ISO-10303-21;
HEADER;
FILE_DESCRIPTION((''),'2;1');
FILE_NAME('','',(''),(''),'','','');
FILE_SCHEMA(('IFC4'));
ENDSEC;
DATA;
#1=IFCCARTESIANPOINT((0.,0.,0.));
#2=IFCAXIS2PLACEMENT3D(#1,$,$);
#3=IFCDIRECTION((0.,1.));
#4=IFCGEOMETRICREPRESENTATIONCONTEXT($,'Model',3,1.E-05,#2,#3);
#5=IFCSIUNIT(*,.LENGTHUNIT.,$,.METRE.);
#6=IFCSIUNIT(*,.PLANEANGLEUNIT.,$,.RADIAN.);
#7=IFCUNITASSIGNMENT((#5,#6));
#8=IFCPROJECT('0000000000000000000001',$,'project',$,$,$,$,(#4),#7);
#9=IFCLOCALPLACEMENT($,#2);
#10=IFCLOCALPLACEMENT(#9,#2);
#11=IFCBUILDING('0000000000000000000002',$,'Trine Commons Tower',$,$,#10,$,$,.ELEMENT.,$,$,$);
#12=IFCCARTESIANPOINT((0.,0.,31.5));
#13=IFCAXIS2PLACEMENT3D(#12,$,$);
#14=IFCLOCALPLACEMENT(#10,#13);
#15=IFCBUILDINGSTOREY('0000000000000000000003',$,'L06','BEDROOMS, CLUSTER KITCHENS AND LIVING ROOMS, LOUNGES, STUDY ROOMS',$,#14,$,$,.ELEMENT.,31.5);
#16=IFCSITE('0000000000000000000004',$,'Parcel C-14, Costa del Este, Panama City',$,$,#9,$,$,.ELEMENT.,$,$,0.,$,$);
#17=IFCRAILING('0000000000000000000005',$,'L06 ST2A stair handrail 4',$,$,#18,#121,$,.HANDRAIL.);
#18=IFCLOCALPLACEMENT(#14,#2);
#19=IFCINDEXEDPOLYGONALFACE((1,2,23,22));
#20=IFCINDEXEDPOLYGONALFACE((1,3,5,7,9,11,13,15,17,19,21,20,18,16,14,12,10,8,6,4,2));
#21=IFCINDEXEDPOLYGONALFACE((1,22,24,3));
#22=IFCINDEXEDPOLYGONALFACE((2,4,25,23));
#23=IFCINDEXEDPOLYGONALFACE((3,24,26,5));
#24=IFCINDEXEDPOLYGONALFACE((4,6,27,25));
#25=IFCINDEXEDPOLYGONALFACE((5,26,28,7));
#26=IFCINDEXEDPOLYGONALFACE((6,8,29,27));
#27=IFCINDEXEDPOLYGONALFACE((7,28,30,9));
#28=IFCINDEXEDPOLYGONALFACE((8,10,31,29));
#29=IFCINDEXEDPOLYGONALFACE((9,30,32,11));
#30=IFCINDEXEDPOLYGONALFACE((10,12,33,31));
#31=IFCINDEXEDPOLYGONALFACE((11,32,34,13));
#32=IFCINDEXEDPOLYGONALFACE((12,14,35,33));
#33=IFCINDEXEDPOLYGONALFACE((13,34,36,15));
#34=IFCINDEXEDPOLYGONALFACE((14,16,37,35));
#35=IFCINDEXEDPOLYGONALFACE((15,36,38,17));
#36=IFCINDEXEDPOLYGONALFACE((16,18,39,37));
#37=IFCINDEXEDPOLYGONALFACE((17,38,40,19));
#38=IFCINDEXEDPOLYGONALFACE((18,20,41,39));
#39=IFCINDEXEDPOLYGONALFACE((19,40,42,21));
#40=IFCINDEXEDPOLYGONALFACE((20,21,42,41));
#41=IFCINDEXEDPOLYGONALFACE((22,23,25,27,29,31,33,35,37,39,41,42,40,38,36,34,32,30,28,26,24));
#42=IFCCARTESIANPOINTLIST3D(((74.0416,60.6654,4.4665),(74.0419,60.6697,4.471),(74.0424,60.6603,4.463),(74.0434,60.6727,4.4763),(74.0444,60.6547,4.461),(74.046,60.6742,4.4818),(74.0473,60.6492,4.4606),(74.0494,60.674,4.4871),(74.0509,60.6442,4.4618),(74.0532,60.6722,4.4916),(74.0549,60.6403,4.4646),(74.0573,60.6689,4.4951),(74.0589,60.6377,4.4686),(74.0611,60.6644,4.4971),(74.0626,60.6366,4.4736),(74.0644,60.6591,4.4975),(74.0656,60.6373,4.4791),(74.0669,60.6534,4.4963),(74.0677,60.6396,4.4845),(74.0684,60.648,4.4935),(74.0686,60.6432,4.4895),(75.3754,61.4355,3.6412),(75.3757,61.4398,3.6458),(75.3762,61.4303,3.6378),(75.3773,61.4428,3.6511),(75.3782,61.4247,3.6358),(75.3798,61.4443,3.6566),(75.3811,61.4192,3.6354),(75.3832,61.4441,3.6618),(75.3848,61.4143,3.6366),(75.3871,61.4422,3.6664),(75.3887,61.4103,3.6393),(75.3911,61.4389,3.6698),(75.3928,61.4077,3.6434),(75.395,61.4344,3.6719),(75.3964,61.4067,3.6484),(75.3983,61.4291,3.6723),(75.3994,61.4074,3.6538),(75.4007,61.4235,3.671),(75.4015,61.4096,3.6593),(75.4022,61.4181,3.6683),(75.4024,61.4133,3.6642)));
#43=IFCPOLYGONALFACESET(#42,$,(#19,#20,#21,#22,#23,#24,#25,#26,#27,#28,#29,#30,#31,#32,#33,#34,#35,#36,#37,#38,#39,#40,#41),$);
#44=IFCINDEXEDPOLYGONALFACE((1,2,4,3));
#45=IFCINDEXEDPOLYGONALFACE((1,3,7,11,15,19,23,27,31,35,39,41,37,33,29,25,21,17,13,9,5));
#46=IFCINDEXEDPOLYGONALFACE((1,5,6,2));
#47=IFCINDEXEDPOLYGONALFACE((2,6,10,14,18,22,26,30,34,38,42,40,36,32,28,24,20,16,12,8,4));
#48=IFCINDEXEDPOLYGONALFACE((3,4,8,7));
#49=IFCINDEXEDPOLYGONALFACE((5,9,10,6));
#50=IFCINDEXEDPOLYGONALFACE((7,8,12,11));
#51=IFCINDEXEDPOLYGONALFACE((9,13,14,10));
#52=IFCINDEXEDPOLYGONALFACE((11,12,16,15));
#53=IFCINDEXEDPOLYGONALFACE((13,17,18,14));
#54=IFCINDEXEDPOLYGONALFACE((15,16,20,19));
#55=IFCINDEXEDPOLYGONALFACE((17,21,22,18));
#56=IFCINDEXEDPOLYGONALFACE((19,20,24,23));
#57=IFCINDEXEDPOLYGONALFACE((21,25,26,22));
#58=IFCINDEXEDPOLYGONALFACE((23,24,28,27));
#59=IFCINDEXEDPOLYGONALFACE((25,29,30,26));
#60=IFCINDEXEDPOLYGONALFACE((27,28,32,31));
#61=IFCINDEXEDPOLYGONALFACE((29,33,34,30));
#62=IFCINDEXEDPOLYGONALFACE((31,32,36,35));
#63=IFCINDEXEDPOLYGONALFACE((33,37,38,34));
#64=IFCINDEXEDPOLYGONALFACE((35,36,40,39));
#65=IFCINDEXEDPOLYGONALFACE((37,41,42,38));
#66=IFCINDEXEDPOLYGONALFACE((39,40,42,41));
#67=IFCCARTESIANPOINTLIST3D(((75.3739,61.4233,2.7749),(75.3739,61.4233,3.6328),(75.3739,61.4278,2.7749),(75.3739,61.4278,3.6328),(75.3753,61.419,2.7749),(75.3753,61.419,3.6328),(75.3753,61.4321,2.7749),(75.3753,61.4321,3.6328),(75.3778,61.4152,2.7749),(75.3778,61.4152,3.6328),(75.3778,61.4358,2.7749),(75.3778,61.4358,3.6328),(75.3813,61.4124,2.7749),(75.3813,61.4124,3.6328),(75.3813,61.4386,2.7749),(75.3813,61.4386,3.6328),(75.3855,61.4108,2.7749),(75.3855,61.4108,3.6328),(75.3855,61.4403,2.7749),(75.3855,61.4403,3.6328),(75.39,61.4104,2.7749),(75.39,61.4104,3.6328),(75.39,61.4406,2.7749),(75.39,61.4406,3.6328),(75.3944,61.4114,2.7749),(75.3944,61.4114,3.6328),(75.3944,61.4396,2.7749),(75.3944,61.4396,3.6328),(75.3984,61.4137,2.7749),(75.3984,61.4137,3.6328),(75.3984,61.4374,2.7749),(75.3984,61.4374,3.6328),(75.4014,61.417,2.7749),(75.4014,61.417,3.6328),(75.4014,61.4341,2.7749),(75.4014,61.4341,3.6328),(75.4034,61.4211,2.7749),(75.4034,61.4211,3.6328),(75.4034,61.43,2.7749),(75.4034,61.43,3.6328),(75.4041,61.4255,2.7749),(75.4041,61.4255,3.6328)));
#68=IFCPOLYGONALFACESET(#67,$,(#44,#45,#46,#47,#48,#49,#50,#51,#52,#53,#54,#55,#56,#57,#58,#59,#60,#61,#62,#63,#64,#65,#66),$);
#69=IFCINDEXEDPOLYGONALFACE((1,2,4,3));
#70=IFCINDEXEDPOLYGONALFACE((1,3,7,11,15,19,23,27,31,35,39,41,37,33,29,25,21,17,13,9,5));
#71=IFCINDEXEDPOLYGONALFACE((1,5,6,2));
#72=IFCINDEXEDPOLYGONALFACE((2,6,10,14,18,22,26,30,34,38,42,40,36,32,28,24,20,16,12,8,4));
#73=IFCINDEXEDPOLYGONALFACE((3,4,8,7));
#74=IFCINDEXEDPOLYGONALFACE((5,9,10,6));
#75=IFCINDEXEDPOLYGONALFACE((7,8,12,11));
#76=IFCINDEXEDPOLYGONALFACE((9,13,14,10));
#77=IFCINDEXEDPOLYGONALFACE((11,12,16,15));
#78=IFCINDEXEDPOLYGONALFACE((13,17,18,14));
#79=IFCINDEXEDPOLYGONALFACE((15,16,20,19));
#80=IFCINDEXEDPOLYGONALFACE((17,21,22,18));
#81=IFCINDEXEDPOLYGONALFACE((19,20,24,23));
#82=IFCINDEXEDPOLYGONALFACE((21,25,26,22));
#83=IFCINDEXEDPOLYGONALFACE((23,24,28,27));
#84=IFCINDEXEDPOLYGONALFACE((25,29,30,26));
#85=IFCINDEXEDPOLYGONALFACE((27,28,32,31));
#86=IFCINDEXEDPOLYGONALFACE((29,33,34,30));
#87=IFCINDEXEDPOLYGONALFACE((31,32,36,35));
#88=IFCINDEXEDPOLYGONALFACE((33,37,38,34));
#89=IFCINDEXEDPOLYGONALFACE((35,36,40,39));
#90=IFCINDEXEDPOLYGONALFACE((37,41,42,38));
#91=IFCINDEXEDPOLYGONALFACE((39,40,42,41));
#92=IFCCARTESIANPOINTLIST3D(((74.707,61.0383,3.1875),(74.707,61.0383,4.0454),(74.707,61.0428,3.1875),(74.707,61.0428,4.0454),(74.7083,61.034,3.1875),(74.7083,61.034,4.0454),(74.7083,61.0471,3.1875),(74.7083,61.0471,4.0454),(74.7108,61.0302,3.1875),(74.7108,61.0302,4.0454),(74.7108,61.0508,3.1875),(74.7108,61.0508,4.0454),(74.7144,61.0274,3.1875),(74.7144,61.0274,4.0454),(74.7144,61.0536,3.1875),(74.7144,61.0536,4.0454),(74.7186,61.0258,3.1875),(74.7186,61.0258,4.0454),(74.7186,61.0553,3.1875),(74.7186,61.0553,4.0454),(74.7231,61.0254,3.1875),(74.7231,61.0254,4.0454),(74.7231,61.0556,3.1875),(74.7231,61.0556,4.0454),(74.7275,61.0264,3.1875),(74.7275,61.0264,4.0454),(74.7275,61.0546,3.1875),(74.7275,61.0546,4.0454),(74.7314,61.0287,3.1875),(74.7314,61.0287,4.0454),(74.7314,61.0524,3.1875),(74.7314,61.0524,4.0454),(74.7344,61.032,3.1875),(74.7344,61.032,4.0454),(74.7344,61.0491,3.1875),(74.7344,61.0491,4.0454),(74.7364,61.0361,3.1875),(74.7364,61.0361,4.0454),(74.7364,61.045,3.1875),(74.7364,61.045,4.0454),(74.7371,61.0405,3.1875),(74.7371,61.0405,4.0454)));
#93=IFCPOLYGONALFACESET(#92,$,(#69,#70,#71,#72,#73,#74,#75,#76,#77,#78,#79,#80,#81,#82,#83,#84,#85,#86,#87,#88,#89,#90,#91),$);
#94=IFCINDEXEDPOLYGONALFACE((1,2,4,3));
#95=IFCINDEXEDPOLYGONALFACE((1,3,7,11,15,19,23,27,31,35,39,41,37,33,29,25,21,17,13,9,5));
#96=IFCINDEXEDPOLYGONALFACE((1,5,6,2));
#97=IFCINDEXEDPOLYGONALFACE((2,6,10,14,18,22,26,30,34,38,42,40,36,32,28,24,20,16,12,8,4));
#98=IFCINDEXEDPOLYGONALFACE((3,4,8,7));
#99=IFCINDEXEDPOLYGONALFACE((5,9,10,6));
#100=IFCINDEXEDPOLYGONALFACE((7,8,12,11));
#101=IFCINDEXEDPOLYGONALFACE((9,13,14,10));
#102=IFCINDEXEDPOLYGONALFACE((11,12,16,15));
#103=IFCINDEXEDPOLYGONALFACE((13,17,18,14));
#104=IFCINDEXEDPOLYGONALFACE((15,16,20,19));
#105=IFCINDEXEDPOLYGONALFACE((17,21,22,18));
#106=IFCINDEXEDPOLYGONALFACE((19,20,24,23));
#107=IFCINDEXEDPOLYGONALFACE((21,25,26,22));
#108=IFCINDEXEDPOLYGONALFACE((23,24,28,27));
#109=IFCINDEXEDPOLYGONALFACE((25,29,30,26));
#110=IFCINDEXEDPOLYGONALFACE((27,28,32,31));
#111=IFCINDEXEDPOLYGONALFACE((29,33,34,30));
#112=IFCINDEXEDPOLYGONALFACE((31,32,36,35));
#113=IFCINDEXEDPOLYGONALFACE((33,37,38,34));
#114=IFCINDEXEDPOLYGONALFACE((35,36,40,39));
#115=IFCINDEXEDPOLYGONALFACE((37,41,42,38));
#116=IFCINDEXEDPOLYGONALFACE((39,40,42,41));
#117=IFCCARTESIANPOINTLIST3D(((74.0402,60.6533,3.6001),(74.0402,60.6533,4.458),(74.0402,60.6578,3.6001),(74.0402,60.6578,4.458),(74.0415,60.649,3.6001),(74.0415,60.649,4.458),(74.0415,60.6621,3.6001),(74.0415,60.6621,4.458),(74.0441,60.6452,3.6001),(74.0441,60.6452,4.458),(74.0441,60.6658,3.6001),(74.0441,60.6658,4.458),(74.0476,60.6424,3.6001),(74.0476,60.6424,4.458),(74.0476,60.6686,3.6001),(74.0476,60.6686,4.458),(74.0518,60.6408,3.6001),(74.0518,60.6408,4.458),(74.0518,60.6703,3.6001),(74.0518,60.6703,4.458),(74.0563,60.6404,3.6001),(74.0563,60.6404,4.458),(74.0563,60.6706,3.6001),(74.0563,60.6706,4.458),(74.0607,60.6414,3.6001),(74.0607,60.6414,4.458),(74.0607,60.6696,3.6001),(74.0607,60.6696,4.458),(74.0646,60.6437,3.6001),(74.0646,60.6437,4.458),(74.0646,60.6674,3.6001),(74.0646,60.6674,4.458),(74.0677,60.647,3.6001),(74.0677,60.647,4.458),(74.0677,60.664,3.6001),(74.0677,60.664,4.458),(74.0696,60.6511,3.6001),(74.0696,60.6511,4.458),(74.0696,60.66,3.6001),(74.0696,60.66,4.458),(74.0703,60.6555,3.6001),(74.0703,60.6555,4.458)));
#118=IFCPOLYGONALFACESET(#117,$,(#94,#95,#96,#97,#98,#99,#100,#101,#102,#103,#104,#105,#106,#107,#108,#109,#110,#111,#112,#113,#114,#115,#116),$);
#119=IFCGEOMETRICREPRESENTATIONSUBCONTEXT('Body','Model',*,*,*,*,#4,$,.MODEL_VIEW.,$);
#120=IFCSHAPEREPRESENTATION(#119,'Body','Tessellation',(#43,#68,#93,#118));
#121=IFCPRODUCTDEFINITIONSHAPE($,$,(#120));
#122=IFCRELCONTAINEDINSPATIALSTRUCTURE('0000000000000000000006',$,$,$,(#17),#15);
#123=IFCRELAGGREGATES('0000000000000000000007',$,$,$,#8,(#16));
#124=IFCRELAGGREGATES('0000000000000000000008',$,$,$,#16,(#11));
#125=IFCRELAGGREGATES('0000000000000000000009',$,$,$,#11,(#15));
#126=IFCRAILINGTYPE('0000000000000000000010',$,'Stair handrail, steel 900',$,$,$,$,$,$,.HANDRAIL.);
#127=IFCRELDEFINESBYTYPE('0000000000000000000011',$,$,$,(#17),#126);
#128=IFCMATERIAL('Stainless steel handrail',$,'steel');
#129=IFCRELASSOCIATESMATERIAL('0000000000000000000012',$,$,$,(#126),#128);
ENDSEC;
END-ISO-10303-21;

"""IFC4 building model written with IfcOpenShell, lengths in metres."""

from ifc_helpers import new_model, si_unit, direction, frame, origin, origin_2d, place, context, subcontext, project, spatial, circle, extrude, material, type_object, element, save


model = new_model("IFC4")

# Units and contexts
model_context = context("Model", 3, precision=1e-05, world=origin(), true_north=direction((0.0, 1.0)))
body_context = subcontext(model_context, "Body", "Model", "MODEL_VIEW")
ifc_project = project(units=[si_unit("LENGTHUNIT", "METRE"), si_unit("PLANEANGLEUNIT", "RADIAN")], contexts=[model_context])

# Site, building, storey
site_placement = place(None, origin())
site = spatial("IfcSite", under=ifc_project, at=site_placement, Name="Parcel C-14, Costa del Este, Panama City", CompositionType="ELEMENT", RefElevation=0.0)
building_placement = place(site_placement, origin())
building = spatial("IfcBuilding", under=site, at=building_placement, Name="Trine Commons Tower", CompositionType="ELEMENT")
storey_placement = place(building_placement, frame((0.0, 0.0, 31.5)))
storey = spatial("IfcBuildingStorey", under=building, at=storey_placement, Name="L06", Description="BEDROOMS, CLUSTER KITCHENS AND LIVING ROOMS, LOUNGES, STUDY ROOMS", CompositionType="ELEMENT", Elevation=31.5)

# Railing
ifc_material_1 = material(Name="Stainless steel handrail", Category="steel")
railing_type_1 = type_object("IfcRailingType", Name="Stair handrail, steel 900", PredefinedType="HANDRAIL", material=ifc_material_1)
railing_1_placement = place(storey_placement, frame((75.3889, 61.4255, 2.7749)))
element("IfcRailing", 1, at=railing_1_placement, inside=storey, type_object=railing_type_1, Name="L06 ST2A stair handrail 4", PredefinedType="HANDRAIL", context=body_context, shape_type="SweptSolid", body=[
    extrude(circle(Radius=0.021, at=origin_2d()), frame((0.0, 0.0, 0.8789), z_axis=(-0.763355, -0.440714, 0.472293), x_axis=(0.499992, -0.86603, 0.0)), (0.0, 0.0, 1.0), 1.7473),
    extrude(circle(Radius=0.0151, at=origin_2d()), origin(), (0.0, 0.0, 1.0), 0.8579),
    extrude(circle(Radius=0.0151, at=origin_2d()), frame((-0.667, -0.385, 0.4126)), (0.0, 0.0, 1.0), 0.8579),
    extrude(circle(Radius=0.0151, at=origin_2d()), frame((-1.3337, -0.77, 0.8252)), (0.0, 0.0, 1.0), 0.8579),
])

save(model, "model.ifc")
